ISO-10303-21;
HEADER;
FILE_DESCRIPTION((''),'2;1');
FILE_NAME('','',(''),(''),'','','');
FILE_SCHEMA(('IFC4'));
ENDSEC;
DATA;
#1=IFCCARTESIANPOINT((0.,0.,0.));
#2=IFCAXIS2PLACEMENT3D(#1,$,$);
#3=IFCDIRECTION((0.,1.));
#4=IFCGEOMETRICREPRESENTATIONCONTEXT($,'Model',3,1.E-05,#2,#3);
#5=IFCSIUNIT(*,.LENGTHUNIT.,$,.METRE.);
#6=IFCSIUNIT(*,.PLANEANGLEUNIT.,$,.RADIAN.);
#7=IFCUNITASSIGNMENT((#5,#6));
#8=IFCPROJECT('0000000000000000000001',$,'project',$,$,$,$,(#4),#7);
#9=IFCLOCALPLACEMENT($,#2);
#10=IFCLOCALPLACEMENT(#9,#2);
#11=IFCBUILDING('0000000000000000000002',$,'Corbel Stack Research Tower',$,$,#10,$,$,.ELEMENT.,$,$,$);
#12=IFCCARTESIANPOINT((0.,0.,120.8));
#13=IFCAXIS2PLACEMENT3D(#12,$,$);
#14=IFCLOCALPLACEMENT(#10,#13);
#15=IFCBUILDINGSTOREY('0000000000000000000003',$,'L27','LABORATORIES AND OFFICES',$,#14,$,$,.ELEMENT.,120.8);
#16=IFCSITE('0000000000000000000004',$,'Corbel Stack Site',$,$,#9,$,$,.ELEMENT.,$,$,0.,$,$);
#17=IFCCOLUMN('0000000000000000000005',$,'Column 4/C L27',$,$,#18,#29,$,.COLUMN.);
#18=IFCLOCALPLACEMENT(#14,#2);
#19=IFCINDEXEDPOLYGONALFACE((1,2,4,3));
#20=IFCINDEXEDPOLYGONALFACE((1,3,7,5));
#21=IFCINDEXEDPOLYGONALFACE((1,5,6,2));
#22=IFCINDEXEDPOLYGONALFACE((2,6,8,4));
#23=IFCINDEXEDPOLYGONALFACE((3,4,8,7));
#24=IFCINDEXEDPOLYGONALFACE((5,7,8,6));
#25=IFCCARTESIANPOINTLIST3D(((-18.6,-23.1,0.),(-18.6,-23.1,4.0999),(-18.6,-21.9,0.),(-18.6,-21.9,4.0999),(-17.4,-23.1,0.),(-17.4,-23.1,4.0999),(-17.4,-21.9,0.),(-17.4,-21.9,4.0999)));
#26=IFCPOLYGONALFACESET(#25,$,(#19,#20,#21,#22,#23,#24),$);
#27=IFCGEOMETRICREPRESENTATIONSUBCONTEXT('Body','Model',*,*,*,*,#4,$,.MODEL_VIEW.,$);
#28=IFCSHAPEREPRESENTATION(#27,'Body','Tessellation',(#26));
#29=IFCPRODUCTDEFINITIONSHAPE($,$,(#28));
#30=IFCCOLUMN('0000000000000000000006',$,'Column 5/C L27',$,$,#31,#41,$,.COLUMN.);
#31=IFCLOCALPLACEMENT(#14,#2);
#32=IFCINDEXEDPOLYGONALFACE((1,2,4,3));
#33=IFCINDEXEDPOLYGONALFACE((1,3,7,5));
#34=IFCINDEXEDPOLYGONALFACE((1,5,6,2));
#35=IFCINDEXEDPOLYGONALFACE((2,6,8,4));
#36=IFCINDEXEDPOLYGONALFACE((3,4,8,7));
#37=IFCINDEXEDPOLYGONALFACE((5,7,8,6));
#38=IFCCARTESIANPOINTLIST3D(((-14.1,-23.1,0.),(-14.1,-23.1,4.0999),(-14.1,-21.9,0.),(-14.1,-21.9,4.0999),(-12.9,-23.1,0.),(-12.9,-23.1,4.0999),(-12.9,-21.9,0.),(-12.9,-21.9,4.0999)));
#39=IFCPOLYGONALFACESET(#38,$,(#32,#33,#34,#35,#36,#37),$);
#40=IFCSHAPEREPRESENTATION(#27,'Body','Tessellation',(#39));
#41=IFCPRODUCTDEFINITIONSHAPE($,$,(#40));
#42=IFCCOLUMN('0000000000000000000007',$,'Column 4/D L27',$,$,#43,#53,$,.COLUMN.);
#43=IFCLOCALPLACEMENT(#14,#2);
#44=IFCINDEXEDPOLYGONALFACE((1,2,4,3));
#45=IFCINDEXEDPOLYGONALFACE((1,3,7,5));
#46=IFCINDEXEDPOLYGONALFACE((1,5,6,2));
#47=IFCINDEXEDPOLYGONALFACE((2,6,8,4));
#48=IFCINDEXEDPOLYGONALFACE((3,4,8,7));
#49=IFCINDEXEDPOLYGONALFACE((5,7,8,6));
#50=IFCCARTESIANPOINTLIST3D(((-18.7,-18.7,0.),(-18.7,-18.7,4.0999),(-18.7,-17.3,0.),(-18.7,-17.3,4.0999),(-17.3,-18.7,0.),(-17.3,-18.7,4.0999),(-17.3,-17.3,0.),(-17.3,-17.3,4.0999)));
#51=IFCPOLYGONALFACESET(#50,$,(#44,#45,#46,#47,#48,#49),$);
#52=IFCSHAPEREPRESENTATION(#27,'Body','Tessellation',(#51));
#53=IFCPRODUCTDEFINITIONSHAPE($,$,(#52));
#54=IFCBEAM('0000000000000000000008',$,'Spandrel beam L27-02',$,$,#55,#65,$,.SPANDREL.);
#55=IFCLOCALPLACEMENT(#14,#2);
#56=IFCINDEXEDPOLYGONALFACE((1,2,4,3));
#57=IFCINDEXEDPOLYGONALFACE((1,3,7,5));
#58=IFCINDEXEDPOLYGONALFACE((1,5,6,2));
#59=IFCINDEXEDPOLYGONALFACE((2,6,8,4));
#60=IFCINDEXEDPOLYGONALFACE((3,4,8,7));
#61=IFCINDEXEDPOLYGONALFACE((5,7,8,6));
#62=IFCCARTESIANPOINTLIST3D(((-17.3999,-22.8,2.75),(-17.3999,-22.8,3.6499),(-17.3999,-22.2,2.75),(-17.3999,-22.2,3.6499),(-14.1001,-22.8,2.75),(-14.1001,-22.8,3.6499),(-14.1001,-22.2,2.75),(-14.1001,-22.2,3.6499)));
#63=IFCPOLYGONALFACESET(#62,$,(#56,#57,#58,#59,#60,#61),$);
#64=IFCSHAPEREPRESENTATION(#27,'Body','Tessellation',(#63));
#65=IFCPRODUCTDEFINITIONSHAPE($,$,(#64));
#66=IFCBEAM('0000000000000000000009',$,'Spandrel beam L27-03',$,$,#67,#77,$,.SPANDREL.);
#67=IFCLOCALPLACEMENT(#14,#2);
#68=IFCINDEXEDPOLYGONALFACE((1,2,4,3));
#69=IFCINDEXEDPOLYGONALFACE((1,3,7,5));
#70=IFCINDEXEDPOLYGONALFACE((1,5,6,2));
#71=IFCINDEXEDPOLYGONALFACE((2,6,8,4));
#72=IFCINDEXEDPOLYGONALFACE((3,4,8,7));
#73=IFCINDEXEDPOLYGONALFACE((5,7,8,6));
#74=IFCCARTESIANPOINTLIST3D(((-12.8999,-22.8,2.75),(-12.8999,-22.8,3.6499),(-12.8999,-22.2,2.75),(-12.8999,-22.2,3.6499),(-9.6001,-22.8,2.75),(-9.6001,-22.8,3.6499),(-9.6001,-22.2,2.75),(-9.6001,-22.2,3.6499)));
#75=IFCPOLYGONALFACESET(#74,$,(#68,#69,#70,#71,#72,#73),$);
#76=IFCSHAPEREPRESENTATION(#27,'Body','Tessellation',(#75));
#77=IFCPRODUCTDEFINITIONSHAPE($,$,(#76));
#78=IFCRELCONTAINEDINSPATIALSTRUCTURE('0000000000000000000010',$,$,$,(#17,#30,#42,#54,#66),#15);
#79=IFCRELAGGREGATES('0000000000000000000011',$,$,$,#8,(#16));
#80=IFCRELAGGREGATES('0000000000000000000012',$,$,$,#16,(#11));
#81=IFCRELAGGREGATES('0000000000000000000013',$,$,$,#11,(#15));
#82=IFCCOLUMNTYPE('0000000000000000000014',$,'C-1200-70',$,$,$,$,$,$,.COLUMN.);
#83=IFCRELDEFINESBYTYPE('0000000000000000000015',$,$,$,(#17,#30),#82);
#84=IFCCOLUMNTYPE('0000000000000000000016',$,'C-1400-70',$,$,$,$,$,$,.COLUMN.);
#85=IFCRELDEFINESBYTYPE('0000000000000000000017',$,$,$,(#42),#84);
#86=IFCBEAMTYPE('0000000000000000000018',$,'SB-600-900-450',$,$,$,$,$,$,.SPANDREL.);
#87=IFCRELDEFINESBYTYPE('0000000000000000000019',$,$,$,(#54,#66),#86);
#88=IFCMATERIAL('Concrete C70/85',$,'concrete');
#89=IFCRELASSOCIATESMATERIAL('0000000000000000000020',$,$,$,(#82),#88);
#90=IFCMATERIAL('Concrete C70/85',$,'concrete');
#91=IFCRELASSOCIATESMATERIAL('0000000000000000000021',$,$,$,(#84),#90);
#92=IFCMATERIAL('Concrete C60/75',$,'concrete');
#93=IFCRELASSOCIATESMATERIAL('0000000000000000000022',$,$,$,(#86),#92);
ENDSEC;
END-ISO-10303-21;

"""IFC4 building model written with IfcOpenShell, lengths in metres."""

from ifc_helpers import new_model, si_unit, direction, frame, origin, origin_2d, place, context, subcontext, project, spatial, rectangle, extrude, material, material_profile, profile_set, type_object, element, save


model = new_model("IFC4")

# Units and contexts
model_context = context("Model", 3, precision=1e-05, world=origin(), true_north=direction((0.0, 1.0)))
body_context = subcontext(model_context, "Body", "Model", "MODEL_VIEW")
ifc_project = project(units=[si_unit("LENGTHUNIT", "METRE"), si_unit("PLANEANGLEUNIT", "RADIAN")], contexts=[model_context])

# Site, building, storey
site_placement = place(None, origin())
site = spatial("IfcSite", under=ifc_project, at=site_placement, Name="Corbel Stack Site", CompositionType="ELEMENT", RefElevation=0.0)
building_placement = place(site_placement, origin())
building = spatial("IfcBuilding", under=site, at=building_placement, Name="Corbel Stack Research Tower", CompositionType="ELEMENT")
storey_placement = place(building_placement, frame((0.0, 0.0, 120.8)))
storey = spatial("IfcBuildingStorey", under=building, at=storey_placement, Name="L27", Description="LABORATORIES AND OFFICES", CompositionType="ELEMENT", Elevation=120.8)

# Columns
ifc_material_1 = material(Name="Concrete C70/85", Category="concrete")
ifc_material_profile_1 = material_profile(ifc_material_1, rectangle(XDim=1.2, YDim=1.2, at=origin_2d()), Name="RC 1200 x 1200")
ifc_profile_set_1 = profile_set([ifc_material_profile_1], Name="Concrete C70/85")
column_type_1 = type_object("IfcColumnType", Name="C-1200-70", PredefinedType="COLUMN", material=ifc_profile_set_1)
for number, where, z_axis, x_axis, name in (
    (1, (-18.0, -22.5, 0.0), (0.0, 0.0, 1.0), (1.0, 0.0, 0.0), "Column 4/C L27"),
    (2, (-13.5, -22.5, 0.0), (0.0, 0.0, 1.0), (1.0, 0.0, 0.0), "Column 5/C L27"),
):
    element("IfcColumn", number, at=place(storey_placement, frame(where, z_axis=z_axis, x_axis=x_axis)), inside=storey, type_object=column_type_1, Name=name, PredefinedType="COLUMN", context=body_context, shape_type="SweptSolid", body=[
        extrude(rectangle(XDim=1.2, YDim=1.2, at=origin_2d()), origin(), (0.0, 0.0, 1.0), 4.0999),
    ])
ifc_material_2 = material(Name="Concrete C70/85", Category="concrete")
ifc_material_profile_2 = material_profile(ifc_material_2, rectangle(XDim=1.3999, YDim=1.3999, at=origin_2d()), Name="RC 1400 x 1400")
ifc_profile_set_2 = profile_set([ifc_material_profile_2], Name="Concrete C70/85")
column_type_2 = type_object("IfcColumnType", Name="C-1400-70", PredefinedType="COLUMN", material=ifc_profile_set_2)
column_placement = place(storey_placement, frame((-18.0, -18.0, 0.0), z_axis=(0.0, 0.0, 1.0), x_axis=(1.0, 0.0, 0.0)))
element("IfcColumn", 3, at=column_placement, inside=storey, type_object=column_type_2, Name="Column 4/D L27", PredefinedType="COLUMN", context=body_context, shape_type="SweptSolid", body=[
    extrude(rectangle(XDim=1.3999, YDim=1.3999, at=origin_2d()), origin(), (0.0, 0.0, 1.0), 4.0999),
])

# Beams
ifc_material_3 = material(Name="Concrete C60/75", Category="concrete")
ifc_material_profile_3 = material_profile(ifc_material_3, rectangle(XDim=0.6001, YDim=0.8999, at=origin_2d()), Name="RC 600 x 900")
ifc_profile_set_3 = profile_set([ifc_material_profile_3], Name="Concrete C60/75")
beam_type = type_object("IfcBeamType", Name="SB-600-900-450", PredefinedType="SPANDREL", material=ifc_profile_set_3)
for number, where, z_axis, x_axis, name in (
    (4, (-17.3999, -22.5, 3.2), (1.0, 0.0, 0.0), (0.0, 1.0, 0.0), "Spandrel beam L27-02"),
    (5, (-12.8999, -22.5, 3.2), (1.0, 0.0, 0.0), (0.0, 1.0, 0.0), "Spandrel beam L27-03"),
):
    element("IfcBeam", number, at=place(storey_placement, frame(where, z_axis=z_axis, x_axis=x_axis)), inside=storey, type_object=beam_type, Name=name, PredefinedType="SPANDREL", context=body_context, shape_type="SweptSolid", body=[
        extrude(rectangle(XDim=0.6001, YDim=0.8999, at=origin_2d()), origin(), (0.0, 0.0, 1.0), 3.2998),
    ])

save(model, "model.ifc")
